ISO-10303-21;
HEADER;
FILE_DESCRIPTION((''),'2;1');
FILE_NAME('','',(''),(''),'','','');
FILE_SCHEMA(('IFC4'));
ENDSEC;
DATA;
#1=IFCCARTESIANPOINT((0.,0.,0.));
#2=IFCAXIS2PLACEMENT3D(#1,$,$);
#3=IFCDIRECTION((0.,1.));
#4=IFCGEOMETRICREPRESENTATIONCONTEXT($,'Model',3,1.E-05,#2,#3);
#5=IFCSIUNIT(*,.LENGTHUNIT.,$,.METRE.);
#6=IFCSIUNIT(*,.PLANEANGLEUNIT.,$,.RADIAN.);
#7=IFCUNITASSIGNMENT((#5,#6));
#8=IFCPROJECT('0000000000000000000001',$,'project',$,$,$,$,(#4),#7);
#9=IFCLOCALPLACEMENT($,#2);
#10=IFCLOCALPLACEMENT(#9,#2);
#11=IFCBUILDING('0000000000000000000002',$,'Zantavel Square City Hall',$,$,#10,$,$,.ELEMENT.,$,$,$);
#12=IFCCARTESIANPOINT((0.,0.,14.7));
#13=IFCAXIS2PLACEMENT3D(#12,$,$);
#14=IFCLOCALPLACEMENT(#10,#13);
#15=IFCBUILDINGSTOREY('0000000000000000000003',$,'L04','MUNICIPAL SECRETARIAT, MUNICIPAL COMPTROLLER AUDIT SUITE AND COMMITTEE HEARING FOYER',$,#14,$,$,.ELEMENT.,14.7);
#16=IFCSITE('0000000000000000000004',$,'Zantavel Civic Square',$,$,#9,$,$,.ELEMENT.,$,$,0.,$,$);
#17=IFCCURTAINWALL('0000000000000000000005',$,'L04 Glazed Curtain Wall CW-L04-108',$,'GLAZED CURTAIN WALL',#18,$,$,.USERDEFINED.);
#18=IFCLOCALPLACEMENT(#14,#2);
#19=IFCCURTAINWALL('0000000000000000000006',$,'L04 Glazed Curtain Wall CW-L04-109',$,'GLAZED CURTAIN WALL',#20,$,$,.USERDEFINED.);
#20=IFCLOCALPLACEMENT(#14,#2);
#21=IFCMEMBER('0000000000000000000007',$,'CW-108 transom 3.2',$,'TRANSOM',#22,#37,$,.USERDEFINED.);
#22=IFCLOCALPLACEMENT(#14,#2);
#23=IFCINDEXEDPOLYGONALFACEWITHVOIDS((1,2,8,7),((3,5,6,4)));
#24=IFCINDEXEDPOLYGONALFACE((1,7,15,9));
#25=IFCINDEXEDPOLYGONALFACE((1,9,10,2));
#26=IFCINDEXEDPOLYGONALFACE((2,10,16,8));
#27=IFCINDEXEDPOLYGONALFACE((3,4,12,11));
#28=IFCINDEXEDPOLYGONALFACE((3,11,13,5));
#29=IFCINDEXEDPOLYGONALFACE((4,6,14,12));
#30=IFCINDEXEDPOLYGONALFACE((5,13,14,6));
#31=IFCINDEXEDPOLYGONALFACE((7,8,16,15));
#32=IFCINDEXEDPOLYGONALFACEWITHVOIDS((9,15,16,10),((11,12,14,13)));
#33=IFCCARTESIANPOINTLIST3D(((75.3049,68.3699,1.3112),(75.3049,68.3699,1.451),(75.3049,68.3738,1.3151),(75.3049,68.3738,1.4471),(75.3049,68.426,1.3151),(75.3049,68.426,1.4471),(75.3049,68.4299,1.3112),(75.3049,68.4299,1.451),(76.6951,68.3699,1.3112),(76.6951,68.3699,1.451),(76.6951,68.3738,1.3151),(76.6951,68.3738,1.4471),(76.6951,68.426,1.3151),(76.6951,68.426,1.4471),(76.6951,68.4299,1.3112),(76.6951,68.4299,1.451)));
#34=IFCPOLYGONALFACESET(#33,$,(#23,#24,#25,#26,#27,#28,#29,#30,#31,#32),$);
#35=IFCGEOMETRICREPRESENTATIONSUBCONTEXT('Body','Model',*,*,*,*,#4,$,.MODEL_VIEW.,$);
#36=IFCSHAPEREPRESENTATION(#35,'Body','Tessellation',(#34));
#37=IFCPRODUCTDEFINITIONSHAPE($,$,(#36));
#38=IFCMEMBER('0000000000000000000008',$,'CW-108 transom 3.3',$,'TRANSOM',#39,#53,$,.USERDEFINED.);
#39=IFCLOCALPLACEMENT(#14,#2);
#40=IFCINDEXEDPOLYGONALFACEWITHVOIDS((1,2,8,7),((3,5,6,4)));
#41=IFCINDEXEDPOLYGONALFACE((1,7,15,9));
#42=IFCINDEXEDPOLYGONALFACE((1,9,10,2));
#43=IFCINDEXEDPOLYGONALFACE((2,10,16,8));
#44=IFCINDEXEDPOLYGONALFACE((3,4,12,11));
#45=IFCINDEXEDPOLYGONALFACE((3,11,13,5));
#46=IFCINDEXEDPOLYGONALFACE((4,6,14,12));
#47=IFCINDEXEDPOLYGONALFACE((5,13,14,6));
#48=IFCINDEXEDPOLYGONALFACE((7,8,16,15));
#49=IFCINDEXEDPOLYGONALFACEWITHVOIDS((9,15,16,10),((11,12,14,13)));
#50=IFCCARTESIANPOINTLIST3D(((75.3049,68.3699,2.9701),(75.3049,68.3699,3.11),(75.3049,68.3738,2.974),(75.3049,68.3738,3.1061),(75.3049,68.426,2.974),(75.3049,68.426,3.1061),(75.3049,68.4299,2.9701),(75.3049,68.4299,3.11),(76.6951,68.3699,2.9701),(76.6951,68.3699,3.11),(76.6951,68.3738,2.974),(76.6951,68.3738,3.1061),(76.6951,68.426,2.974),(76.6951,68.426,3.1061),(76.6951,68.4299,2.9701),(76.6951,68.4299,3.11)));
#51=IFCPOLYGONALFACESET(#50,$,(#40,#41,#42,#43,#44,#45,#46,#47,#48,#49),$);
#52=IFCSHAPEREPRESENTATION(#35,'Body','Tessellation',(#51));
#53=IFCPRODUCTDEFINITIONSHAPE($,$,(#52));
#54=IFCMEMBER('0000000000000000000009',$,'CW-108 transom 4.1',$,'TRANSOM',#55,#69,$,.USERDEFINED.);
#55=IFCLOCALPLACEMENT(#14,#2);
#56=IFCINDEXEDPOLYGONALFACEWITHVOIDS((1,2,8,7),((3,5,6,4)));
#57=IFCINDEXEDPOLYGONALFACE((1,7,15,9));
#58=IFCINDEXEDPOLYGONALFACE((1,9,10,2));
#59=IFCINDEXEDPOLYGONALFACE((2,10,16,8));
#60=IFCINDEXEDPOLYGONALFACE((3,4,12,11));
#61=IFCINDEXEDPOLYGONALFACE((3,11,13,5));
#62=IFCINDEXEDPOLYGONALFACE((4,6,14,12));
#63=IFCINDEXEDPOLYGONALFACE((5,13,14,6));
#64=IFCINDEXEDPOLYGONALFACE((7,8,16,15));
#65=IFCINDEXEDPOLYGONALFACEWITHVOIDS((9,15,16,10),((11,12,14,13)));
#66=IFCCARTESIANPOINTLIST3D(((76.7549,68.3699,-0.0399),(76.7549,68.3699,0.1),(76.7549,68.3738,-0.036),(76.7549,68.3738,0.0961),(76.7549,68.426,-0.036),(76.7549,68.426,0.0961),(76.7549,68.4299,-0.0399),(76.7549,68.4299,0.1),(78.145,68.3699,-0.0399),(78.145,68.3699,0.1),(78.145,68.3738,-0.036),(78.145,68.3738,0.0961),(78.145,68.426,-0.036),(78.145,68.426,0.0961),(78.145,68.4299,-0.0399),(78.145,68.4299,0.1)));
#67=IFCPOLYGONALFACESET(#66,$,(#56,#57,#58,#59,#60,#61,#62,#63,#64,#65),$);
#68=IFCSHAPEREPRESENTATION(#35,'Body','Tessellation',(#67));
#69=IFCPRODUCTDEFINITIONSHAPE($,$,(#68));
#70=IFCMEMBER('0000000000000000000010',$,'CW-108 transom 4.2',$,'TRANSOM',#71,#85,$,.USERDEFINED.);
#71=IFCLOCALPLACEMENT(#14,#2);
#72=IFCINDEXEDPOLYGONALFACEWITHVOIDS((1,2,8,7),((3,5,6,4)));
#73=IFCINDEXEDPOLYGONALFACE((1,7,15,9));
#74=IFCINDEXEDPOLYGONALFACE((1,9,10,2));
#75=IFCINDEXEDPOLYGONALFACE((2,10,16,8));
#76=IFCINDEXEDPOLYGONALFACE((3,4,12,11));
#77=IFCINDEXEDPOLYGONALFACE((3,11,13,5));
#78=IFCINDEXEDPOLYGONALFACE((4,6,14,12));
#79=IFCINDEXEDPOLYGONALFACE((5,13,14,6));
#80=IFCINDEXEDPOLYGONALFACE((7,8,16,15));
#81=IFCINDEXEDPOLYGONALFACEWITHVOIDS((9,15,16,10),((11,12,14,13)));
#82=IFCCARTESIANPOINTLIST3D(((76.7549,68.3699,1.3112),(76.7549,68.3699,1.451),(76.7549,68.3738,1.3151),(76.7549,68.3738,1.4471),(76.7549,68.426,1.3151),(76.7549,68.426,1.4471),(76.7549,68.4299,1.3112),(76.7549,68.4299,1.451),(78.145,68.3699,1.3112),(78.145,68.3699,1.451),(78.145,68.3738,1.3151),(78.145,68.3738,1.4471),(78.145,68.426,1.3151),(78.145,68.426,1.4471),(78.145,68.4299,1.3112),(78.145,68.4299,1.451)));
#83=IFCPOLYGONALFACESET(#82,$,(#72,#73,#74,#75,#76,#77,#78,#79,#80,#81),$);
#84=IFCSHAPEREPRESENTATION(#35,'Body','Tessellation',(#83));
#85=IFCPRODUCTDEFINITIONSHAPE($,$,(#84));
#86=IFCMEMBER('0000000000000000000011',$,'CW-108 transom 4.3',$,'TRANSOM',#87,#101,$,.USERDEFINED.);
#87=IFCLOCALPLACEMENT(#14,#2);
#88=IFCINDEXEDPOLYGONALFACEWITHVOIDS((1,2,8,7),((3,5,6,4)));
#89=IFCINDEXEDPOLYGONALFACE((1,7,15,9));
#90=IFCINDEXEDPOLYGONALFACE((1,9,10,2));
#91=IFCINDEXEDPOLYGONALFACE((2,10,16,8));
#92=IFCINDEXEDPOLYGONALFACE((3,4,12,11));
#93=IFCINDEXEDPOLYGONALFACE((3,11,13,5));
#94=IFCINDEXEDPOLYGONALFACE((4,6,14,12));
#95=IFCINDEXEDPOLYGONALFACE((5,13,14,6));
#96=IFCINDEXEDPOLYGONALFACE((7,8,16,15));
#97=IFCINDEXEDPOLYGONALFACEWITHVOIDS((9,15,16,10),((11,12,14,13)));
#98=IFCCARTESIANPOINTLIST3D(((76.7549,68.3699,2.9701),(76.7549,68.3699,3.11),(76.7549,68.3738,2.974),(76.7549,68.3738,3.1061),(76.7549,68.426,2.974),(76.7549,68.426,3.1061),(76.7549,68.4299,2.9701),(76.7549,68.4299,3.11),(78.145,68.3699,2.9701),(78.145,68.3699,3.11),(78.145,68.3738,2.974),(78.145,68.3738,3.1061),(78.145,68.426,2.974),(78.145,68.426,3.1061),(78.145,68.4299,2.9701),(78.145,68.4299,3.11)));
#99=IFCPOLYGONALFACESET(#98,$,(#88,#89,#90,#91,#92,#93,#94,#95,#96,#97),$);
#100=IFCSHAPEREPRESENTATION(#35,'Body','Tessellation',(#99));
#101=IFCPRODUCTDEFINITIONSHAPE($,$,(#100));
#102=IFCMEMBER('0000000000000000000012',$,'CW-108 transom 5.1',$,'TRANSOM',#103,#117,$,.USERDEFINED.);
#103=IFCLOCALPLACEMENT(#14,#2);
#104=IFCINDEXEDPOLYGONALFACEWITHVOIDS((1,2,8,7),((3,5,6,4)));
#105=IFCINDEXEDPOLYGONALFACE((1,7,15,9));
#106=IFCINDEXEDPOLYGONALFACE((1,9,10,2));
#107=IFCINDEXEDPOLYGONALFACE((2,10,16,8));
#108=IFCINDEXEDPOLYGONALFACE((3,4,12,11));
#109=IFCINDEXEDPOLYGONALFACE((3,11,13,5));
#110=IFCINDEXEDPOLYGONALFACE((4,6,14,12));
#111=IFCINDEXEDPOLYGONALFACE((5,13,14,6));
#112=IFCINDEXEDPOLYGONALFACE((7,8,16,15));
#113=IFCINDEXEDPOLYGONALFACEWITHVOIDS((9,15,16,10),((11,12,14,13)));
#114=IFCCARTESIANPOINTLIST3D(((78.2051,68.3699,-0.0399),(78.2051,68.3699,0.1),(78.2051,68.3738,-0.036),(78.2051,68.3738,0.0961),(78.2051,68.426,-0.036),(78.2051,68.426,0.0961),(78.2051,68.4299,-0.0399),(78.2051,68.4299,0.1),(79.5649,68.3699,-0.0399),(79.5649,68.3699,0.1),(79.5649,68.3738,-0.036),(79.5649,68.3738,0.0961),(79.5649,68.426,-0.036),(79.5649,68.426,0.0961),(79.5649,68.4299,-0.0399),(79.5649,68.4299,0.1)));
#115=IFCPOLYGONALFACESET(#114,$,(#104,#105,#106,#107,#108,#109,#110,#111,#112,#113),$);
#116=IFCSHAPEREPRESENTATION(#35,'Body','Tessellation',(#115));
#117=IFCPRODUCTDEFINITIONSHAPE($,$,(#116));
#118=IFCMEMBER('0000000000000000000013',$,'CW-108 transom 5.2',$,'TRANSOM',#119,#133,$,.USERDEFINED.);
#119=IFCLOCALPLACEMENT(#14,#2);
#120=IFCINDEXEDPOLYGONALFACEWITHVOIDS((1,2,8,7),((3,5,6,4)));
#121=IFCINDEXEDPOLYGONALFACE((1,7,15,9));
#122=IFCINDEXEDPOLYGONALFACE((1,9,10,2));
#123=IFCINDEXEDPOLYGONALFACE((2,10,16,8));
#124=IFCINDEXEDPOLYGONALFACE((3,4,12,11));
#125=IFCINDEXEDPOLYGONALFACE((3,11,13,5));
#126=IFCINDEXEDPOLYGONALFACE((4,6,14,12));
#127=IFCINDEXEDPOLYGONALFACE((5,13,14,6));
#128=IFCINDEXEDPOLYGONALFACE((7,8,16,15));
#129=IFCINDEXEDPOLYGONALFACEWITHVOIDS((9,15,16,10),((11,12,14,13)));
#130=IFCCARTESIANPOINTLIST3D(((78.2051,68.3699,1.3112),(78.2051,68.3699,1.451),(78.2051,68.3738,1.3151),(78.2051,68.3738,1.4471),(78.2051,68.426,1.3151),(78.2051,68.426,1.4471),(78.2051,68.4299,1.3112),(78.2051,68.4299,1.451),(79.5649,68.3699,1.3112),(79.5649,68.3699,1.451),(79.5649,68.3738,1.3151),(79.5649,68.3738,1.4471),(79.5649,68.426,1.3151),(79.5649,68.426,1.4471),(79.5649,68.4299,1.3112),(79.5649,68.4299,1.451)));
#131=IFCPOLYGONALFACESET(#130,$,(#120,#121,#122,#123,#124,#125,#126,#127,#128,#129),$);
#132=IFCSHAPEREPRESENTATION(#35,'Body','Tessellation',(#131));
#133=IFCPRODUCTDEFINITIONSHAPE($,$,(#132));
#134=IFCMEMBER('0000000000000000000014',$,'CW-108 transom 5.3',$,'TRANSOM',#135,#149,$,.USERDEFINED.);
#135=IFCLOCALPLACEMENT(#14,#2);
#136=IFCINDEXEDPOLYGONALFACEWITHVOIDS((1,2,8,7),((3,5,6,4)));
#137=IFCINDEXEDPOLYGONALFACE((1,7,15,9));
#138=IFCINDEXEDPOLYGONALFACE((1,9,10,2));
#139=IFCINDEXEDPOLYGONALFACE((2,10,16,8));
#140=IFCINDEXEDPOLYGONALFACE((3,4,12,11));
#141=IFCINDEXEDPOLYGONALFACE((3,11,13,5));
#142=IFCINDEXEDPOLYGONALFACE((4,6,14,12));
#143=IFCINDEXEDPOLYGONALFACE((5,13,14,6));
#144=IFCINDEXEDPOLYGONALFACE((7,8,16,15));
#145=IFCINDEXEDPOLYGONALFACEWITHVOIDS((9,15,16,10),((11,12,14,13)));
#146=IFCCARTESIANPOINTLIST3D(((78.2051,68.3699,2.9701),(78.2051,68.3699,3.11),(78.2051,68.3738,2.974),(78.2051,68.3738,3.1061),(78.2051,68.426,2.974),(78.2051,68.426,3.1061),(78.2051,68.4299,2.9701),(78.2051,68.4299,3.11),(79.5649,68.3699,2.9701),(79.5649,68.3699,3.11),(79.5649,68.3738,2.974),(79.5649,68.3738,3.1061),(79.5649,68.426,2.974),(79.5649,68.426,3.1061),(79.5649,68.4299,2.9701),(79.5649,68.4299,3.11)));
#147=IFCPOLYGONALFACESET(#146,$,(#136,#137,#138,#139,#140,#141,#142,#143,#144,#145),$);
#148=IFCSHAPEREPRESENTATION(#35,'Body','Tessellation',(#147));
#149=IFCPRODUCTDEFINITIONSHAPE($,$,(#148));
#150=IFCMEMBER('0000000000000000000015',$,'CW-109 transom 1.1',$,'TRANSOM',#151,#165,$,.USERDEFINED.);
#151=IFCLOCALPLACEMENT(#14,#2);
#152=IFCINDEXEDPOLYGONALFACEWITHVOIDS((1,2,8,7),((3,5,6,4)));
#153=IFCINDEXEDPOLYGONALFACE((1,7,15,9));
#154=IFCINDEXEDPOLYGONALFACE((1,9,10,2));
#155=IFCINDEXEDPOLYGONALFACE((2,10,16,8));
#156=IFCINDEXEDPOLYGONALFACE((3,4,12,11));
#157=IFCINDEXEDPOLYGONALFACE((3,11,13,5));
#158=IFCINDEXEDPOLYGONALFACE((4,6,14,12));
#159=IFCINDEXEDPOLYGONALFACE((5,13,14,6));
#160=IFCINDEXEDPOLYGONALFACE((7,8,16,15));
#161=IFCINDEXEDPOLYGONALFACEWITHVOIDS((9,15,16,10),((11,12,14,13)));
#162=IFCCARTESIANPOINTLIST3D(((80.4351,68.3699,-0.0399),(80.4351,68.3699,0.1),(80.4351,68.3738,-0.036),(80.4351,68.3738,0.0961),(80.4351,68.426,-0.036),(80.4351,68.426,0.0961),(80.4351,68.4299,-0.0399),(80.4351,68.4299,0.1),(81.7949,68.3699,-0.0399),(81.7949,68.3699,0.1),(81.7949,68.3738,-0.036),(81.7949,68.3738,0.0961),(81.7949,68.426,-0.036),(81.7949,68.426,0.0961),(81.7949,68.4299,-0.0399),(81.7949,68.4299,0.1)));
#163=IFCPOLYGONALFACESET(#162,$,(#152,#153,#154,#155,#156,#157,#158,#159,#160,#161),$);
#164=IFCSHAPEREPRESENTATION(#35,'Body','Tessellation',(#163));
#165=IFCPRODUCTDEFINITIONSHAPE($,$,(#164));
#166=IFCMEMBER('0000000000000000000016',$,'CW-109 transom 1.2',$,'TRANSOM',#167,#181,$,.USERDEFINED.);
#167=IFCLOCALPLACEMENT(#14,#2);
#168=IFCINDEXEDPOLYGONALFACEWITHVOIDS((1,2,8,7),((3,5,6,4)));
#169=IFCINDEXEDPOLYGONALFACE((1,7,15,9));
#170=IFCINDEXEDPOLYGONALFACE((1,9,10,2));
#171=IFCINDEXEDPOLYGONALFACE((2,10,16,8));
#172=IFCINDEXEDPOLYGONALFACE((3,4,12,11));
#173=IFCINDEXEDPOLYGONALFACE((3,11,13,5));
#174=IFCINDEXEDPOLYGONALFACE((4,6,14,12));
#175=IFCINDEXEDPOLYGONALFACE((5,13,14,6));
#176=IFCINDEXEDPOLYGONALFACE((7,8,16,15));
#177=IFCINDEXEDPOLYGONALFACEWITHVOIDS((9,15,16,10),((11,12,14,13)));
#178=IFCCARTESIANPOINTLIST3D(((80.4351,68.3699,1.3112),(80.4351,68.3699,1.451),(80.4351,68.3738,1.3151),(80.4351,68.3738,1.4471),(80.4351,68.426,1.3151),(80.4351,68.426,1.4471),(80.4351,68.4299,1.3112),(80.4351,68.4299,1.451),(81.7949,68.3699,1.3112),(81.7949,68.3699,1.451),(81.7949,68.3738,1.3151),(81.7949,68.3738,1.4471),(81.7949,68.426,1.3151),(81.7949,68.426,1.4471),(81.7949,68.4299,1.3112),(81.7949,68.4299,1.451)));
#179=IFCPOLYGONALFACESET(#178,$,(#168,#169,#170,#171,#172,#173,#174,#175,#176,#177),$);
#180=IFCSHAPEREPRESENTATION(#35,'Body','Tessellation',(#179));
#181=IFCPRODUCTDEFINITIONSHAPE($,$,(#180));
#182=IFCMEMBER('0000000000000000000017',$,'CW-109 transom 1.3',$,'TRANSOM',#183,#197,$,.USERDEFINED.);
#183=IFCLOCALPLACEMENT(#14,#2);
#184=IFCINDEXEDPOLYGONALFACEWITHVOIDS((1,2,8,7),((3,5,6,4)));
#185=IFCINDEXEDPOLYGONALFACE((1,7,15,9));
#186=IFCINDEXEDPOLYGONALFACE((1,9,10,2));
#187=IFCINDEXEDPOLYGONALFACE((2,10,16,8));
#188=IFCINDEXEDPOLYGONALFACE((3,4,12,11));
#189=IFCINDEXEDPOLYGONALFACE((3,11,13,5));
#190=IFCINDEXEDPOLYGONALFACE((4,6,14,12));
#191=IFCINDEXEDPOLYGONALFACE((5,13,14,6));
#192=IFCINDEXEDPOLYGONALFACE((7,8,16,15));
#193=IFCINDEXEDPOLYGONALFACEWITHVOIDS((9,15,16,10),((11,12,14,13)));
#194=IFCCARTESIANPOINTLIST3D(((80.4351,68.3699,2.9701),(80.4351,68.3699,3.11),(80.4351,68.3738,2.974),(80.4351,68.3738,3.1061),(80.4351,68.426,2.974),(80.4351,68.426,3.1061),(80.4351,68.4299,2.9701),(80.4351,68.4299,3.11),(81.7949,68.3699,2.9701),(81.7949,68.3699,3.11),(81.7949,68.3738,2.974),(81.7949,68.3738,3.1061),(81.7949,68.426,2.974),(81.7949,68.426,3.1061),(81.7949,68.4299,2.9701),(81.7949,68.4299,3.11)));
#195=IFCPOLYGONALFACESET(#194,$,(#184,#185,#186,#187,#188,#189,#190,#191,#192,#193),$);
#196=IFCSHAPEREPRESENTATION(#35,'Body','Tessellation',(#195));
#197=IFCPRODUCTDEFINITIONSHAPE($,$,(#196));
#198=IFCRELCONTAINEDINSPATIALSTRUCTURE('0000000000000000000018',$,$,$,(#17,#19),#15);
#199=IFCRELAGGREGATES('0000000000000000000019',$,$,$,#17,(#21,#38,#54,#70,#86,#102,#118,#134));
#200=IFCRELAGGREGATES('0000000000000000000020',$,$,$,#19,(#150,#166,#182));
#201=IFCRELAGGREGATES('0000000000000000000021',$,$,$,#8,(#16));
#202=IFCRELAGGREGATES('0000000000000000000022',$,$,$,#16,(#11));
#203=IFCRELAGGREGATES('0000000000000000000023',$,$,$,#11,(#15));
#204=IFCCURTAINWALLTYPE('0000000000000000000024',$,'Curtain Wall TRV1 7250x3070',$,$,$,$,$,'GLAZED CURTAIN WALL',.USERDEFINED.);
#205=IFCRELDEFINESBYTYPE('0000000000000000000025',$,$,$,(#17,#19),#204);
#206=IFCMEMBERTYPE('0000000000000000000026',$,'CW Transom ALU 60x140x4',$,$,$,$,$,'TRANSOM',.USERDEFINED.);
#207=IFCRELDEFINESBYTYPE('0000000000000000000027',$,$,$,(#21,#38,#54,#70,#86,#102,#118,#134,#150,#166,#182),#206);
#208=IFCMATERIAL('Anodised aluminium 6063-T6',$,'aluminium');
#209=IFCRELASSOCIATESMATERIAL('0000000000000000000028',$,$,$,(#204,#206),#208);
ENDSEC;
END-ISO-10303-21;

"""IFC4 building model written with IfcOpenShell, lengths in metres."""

from ifc_helpers import new_model, si_unit, direction, frame, origin, origin_2d, place, context, subcontext, project, spatial, hollow_rectangle, extrude, material, material_profile, profile_set, type_object, element, aggregate, save


model = new_model("IFC4")

# Units and contexts
model_context = context("Model", 3, precision=1e-05, world=origin(), true_north=direction((0.0, 1.0)))
body_context = subcontext(model_context, "Body", "Model", "MODEL_VIEW")
ifc_project = project(units=[si_unit("LENGTHUNIT", "METRE"), si_unit("PLANEANGLEUNIT", "RADIAN")], contexts=[model_context])

# Site, building, storey
site_placement = place(None, origin())
site = spatial("IfcSite", under=ifc_project, at=site_placement, Name="Zantavel Civic Square", CompositionType="ELEMENT", RefElevation=0.0)
building_placement = place(site_placement, origin())
building = spatial("IfcBuilding", under=site, at=building_placement, Name="Zantavel Square City Hall", CompositionType="ELEMENT")
storey_placement = place(building_placement, frame((0.0, 0.0, 14.7)))
storey = spatial("IfcBuildingStorey", under=building, at=storey_placement, Name="L04", Description="MUNICIPAL SECRETARIAT, MUNICIPAL COMPTROLLER AUDIT SUITE AND COMMITTEE HEARING FOYER", CompositionType="ELEMENT", Elevation=14.7)

# Curtain wall
ifc_material_1 = material(Name="Anodised aluminium 6063-T6", Category="aluminium")
curtain_wall_type = type_object("IfcCurtainWallType", Name="Curtain Wall TRV1 7250x3070", ElementType="GLAZED CURTAIN WALL", PredefinedType="USERDEFINED", material=ifc_material_1)
curtain_wall_1_placement = place(storey_placement, origin())
curtain_wall_1 = element("IfcCurtainWall", 1, at=curtain_wall_1_placement, inside=storey, type_object=curtain_wall_type, Name="L04 Glazed Curtain Wall CW-L04-108", ObjectType="GLAZED CURTAIN WALL", PredefinedType="USERDEFINED")

# Curtain wall
curtain_wall_2_placement = place(storey_placement, origin())
curtain_wall_2 = element("IfcCurtainWall", 2, at=curtain_wall_2_placement, inside=storey, type_object=curtain_wall_type, Name="L04 Glazed Curtain Wall CW-L04-109", ObjectType="GLAZED CURTAIN WALL", PredefinedType="USERDEFINED")

# Members
ifc_material_profile_1 = material_profile(ifc_material_1, hollow_rectangle(XDim=0.0601, YDim=0.1399, WallThickness=0.0039, at=origin_2d()), Name="ALU 60x140x4")
ifc_profile_set_1 = profile_set([ifc_material_profile_1], Name="Anodised aluminium 6063-T6")
member_type_1 = type_object("IfcMemberType", Name="CW Transom ALU 60x140x4", ElementType="TRANSOM", PredefinedType="USERDEFINED", material=ifc_profile_set_1)
member_1_placement = place(storey_placement, frame((75.3049, 68.3999, 1.3811), z_axis=(1.0, 0.0, 0.0), x_axis=(0.0, 1.0, 0.0)))
member_1 = element("IfcMember", 3, at=member_1_placement, type_object=member_type_1, Name="CW-108 transom 3.2", ObjectType="TRANSOM", PredefinedType="USERDEFINED", context=body_context, shape_type="SweptSolid", body=[
    extrude(hollow_rectangle(XDim=0.0601, YDim=0.1399, WallThickness=0.0039, at=origin_2d()), origin(), (0.0, 0.0, 1.0), 1.3901),
])
member_2_placement = place(storey_placement, frame((75.3049, 68.3999, 3.04), z_axis=(1.0, 0.0, 0.0), x_axis=(0.0, 1.0, 0.0)))
member_2 = element("IfcMember", 4, at=member_2_placement, type_object=member_type_1, Name="CW-108 transom 3.3", ObjectType="TRANSOM", PredefinedType="USERDEFINED", context=body_context, shape_type="SweptSolid", body=[
    extrude(hollow_rectangle(XDim=0.0601, YDim=0.1399, WallThickness=0.0039, at=origin_2d()), origin(), (0.0, 0.0, 1.0), 1.3901),
])
member_3_placement = place(storey_placement, frame((76.7549, 68.3999, 0.03), z_axis=(1.0, 0.0, 0.0), x_axis=(0.0, 1.0, 0.0)))
member_3 = element("IfcMember", 5, at=member_3_placement, type_object=member_type_1, Name="CW-108 transom 4.1", ObjectType="TRANSOM", PredefinedType="USERDEFINED", context=body_context, shape_type="SweptSolid", body=[
    extrude(hollow_rectangle(XDim=0.0601, YDim=0.1399, WallThickness=0.0039, at=origin_2d()), origin(), (0.0, 0.0, 1.0), 1.3901),
])
member_4_placement = place(storey_placement, frame((76.7549, 68.3999, 1.3811), z_axis=(1.0, 0.0, 0.0), x_axis=(0.0, 1.0, 0.0)))
member_4 = element("IfcMember", 6, at=member_4_placement, type_object=member_type_1, Name="CW-108 transom 4.2", ObjectType="TRANSOM", PredefinedType="USERDEFINED", context=body_context, shape_type="SweptSolid", body=[
    extrude(hollow_rectangle(XDim=0.0601, YDim=0.1399, WallThickness=0.0039, at=origin_2d()), origin(), (0.0, 0.0, 1.0), 1.3901),
])
member_5_placement = place(storey_placement, frame((76.7549, 68.3999, 3.04), z_axis=(1.0, 0.0, 0.0), x_axis=(0.0, 1.0, 0.0)))
member_5 = element("IfcMember", 7, at=member_5_placement, type_object=member_type_1, Name="CW-108 transom 4.3", ObjectType="TRANSOM", PredefinedType="USERDEFINED", context=body_context, shape_type="SweptSolid", body=[
    extrude(hollow_rectangle(XDim=0.0601, YDim=0.1399, WallThickness=0.0039, at=origin_2d()), origin(), (0.0, 0.0, 1.0), 1.3901),
])
member_6_placement = place(storey_placement, frame((78.2051, 68.3999, 0.03), z_axis=(1.0, 0.0, 0.0), x_axis=(0.0, 1.0, 0.0)))
member_6 = element("IfcMember", 8, at=member_6_placement, type_object=member_type_1, Name="CW-108 transom 5.1", ObjectType="TRANSOM", PredefinedType="USERDEFINED", context=body_context, shape_type="SweptSolid", body=[
    extrude(hollow_rectangle(XDim=0.0601, YDim=0.1399, WallThickness=0.0039, at=origin_2d()), origin(), (0.0, 0.0, 1.0), 1.3599),
])
member_7_placement = place(storey_placement, frame((78.2051, 68.3999, 1.3811), z_axis=(1.0, 0.0, 0.0), x_axis=(0.0, 1.0, 0.0)))
member_7 = element("IfcMember", 9, at=member_7_placement, type_object=member_type_1, Name="CW-108 transom 5.2", ObjectType="TRANSOM", PredefinedType="USERDEFINED", context=body_context, shape_type="SweptSolid", body=[
    extrude(hollow_rectangle(XDim=0.0601, YDim=0.1399, WallThickness=0.0039, at=origin_2d()), origin(), (0.0, 0.0, 1.0), 1.3599),
])
member_8_placement = place(storey_placement, frame((78.2051, 68.3999, 3.04), z_axis=(1.0, 0.0, 0.0), x_axis=(0.0, 1.0, 0.0)))
member_8 = element("IfcMember", 10, at=member_8_placement, type_object=member_type_1, Name="CW-108 transom 5.3", ObjectType="TRANSOM", PredefinedType="USERDEFINED", context=body_context, shape_type="SweptSolid", body=[
    extrude(hollow_rectangle(XDim=0.0601, YDim=0.1399, WallThickness=0.0039, at=origin_2d()), origin(), (0.0, 0.0, 1.0), 1.3599),
])
member_9_placement = place(storey_placement, frame((80.4351, 68.3999, 0.03), z_axis=(1.0, 0.0, 0.0), x_axis=(0.0, 1.0, 0.0)))
member_9 = element("IfcMember", 11, at=member_9_placement, type_object=member_type_1, Name="CW-109 transom 1.1", ObjectType="TRANSOM", PredefinedType="USERDEFINED", context=body_context, shape_type="SweptSolid", body=[
    extrude(hollow_rectangle(XDim=0.0601, YDim=0.1399, WallThickness=0.0039, at=origin_2d()), origin(), (0.0, 0.0, 1.0), 1.3599),
])
member_10_placement = place(storey_placement, frame((80.4351, 68.3999, 1.3811), z_axis=(1.0, 0.0, 0.0), x_axis=(0.0, 1.0, 0.0)))
member_10 = element("IfcMember", 12, at=member_10_placement, type_object=member_type_1, Name="CW-109 transom 1.2", ObjectType="TRANSOM", PredefinedType="USERDEFINED", context=body_context, shape_type="SweptSolid", body=[
    extrude(hollow_rectangle(XDim=0.0601, YDim=0.1399, WallThickness=0.0039, at=origin_2d()), origin(), (0.0, 0.0, 1.0), 1.3599),
])
member_11_placement = place(storey_placement, frame((80.4351, 68.3999, 3.04), z_axis=(1.0, 0.0, 0.0), x_axis=(0.0, 1.0, 0.0)))
member_11 = element("IfcMember", 13, at=member_11_placement, type_object=member_type_1, Name="CW-109 transom 1.3", ObjectType="TRANSOM", PredefinedType="USERDEFINED", context=body_context, shape_type="SweptSolid", body=[
    extrude(hollow_rectangle(XDim=0.0601, YDim=0.1399, WallThickness=0.0039, at=origin_2d()), origin(), (0.0, 0.0, 1.0), 1.3599),
])

aggregate(curtain_wall_1, [member_1, member_2, member_3, member_4, member_5, member_6, member_7, member_8])
aggregate(curtain_wall_2, [member_9, member_10, member_11])

save(model, "model.ifc")
